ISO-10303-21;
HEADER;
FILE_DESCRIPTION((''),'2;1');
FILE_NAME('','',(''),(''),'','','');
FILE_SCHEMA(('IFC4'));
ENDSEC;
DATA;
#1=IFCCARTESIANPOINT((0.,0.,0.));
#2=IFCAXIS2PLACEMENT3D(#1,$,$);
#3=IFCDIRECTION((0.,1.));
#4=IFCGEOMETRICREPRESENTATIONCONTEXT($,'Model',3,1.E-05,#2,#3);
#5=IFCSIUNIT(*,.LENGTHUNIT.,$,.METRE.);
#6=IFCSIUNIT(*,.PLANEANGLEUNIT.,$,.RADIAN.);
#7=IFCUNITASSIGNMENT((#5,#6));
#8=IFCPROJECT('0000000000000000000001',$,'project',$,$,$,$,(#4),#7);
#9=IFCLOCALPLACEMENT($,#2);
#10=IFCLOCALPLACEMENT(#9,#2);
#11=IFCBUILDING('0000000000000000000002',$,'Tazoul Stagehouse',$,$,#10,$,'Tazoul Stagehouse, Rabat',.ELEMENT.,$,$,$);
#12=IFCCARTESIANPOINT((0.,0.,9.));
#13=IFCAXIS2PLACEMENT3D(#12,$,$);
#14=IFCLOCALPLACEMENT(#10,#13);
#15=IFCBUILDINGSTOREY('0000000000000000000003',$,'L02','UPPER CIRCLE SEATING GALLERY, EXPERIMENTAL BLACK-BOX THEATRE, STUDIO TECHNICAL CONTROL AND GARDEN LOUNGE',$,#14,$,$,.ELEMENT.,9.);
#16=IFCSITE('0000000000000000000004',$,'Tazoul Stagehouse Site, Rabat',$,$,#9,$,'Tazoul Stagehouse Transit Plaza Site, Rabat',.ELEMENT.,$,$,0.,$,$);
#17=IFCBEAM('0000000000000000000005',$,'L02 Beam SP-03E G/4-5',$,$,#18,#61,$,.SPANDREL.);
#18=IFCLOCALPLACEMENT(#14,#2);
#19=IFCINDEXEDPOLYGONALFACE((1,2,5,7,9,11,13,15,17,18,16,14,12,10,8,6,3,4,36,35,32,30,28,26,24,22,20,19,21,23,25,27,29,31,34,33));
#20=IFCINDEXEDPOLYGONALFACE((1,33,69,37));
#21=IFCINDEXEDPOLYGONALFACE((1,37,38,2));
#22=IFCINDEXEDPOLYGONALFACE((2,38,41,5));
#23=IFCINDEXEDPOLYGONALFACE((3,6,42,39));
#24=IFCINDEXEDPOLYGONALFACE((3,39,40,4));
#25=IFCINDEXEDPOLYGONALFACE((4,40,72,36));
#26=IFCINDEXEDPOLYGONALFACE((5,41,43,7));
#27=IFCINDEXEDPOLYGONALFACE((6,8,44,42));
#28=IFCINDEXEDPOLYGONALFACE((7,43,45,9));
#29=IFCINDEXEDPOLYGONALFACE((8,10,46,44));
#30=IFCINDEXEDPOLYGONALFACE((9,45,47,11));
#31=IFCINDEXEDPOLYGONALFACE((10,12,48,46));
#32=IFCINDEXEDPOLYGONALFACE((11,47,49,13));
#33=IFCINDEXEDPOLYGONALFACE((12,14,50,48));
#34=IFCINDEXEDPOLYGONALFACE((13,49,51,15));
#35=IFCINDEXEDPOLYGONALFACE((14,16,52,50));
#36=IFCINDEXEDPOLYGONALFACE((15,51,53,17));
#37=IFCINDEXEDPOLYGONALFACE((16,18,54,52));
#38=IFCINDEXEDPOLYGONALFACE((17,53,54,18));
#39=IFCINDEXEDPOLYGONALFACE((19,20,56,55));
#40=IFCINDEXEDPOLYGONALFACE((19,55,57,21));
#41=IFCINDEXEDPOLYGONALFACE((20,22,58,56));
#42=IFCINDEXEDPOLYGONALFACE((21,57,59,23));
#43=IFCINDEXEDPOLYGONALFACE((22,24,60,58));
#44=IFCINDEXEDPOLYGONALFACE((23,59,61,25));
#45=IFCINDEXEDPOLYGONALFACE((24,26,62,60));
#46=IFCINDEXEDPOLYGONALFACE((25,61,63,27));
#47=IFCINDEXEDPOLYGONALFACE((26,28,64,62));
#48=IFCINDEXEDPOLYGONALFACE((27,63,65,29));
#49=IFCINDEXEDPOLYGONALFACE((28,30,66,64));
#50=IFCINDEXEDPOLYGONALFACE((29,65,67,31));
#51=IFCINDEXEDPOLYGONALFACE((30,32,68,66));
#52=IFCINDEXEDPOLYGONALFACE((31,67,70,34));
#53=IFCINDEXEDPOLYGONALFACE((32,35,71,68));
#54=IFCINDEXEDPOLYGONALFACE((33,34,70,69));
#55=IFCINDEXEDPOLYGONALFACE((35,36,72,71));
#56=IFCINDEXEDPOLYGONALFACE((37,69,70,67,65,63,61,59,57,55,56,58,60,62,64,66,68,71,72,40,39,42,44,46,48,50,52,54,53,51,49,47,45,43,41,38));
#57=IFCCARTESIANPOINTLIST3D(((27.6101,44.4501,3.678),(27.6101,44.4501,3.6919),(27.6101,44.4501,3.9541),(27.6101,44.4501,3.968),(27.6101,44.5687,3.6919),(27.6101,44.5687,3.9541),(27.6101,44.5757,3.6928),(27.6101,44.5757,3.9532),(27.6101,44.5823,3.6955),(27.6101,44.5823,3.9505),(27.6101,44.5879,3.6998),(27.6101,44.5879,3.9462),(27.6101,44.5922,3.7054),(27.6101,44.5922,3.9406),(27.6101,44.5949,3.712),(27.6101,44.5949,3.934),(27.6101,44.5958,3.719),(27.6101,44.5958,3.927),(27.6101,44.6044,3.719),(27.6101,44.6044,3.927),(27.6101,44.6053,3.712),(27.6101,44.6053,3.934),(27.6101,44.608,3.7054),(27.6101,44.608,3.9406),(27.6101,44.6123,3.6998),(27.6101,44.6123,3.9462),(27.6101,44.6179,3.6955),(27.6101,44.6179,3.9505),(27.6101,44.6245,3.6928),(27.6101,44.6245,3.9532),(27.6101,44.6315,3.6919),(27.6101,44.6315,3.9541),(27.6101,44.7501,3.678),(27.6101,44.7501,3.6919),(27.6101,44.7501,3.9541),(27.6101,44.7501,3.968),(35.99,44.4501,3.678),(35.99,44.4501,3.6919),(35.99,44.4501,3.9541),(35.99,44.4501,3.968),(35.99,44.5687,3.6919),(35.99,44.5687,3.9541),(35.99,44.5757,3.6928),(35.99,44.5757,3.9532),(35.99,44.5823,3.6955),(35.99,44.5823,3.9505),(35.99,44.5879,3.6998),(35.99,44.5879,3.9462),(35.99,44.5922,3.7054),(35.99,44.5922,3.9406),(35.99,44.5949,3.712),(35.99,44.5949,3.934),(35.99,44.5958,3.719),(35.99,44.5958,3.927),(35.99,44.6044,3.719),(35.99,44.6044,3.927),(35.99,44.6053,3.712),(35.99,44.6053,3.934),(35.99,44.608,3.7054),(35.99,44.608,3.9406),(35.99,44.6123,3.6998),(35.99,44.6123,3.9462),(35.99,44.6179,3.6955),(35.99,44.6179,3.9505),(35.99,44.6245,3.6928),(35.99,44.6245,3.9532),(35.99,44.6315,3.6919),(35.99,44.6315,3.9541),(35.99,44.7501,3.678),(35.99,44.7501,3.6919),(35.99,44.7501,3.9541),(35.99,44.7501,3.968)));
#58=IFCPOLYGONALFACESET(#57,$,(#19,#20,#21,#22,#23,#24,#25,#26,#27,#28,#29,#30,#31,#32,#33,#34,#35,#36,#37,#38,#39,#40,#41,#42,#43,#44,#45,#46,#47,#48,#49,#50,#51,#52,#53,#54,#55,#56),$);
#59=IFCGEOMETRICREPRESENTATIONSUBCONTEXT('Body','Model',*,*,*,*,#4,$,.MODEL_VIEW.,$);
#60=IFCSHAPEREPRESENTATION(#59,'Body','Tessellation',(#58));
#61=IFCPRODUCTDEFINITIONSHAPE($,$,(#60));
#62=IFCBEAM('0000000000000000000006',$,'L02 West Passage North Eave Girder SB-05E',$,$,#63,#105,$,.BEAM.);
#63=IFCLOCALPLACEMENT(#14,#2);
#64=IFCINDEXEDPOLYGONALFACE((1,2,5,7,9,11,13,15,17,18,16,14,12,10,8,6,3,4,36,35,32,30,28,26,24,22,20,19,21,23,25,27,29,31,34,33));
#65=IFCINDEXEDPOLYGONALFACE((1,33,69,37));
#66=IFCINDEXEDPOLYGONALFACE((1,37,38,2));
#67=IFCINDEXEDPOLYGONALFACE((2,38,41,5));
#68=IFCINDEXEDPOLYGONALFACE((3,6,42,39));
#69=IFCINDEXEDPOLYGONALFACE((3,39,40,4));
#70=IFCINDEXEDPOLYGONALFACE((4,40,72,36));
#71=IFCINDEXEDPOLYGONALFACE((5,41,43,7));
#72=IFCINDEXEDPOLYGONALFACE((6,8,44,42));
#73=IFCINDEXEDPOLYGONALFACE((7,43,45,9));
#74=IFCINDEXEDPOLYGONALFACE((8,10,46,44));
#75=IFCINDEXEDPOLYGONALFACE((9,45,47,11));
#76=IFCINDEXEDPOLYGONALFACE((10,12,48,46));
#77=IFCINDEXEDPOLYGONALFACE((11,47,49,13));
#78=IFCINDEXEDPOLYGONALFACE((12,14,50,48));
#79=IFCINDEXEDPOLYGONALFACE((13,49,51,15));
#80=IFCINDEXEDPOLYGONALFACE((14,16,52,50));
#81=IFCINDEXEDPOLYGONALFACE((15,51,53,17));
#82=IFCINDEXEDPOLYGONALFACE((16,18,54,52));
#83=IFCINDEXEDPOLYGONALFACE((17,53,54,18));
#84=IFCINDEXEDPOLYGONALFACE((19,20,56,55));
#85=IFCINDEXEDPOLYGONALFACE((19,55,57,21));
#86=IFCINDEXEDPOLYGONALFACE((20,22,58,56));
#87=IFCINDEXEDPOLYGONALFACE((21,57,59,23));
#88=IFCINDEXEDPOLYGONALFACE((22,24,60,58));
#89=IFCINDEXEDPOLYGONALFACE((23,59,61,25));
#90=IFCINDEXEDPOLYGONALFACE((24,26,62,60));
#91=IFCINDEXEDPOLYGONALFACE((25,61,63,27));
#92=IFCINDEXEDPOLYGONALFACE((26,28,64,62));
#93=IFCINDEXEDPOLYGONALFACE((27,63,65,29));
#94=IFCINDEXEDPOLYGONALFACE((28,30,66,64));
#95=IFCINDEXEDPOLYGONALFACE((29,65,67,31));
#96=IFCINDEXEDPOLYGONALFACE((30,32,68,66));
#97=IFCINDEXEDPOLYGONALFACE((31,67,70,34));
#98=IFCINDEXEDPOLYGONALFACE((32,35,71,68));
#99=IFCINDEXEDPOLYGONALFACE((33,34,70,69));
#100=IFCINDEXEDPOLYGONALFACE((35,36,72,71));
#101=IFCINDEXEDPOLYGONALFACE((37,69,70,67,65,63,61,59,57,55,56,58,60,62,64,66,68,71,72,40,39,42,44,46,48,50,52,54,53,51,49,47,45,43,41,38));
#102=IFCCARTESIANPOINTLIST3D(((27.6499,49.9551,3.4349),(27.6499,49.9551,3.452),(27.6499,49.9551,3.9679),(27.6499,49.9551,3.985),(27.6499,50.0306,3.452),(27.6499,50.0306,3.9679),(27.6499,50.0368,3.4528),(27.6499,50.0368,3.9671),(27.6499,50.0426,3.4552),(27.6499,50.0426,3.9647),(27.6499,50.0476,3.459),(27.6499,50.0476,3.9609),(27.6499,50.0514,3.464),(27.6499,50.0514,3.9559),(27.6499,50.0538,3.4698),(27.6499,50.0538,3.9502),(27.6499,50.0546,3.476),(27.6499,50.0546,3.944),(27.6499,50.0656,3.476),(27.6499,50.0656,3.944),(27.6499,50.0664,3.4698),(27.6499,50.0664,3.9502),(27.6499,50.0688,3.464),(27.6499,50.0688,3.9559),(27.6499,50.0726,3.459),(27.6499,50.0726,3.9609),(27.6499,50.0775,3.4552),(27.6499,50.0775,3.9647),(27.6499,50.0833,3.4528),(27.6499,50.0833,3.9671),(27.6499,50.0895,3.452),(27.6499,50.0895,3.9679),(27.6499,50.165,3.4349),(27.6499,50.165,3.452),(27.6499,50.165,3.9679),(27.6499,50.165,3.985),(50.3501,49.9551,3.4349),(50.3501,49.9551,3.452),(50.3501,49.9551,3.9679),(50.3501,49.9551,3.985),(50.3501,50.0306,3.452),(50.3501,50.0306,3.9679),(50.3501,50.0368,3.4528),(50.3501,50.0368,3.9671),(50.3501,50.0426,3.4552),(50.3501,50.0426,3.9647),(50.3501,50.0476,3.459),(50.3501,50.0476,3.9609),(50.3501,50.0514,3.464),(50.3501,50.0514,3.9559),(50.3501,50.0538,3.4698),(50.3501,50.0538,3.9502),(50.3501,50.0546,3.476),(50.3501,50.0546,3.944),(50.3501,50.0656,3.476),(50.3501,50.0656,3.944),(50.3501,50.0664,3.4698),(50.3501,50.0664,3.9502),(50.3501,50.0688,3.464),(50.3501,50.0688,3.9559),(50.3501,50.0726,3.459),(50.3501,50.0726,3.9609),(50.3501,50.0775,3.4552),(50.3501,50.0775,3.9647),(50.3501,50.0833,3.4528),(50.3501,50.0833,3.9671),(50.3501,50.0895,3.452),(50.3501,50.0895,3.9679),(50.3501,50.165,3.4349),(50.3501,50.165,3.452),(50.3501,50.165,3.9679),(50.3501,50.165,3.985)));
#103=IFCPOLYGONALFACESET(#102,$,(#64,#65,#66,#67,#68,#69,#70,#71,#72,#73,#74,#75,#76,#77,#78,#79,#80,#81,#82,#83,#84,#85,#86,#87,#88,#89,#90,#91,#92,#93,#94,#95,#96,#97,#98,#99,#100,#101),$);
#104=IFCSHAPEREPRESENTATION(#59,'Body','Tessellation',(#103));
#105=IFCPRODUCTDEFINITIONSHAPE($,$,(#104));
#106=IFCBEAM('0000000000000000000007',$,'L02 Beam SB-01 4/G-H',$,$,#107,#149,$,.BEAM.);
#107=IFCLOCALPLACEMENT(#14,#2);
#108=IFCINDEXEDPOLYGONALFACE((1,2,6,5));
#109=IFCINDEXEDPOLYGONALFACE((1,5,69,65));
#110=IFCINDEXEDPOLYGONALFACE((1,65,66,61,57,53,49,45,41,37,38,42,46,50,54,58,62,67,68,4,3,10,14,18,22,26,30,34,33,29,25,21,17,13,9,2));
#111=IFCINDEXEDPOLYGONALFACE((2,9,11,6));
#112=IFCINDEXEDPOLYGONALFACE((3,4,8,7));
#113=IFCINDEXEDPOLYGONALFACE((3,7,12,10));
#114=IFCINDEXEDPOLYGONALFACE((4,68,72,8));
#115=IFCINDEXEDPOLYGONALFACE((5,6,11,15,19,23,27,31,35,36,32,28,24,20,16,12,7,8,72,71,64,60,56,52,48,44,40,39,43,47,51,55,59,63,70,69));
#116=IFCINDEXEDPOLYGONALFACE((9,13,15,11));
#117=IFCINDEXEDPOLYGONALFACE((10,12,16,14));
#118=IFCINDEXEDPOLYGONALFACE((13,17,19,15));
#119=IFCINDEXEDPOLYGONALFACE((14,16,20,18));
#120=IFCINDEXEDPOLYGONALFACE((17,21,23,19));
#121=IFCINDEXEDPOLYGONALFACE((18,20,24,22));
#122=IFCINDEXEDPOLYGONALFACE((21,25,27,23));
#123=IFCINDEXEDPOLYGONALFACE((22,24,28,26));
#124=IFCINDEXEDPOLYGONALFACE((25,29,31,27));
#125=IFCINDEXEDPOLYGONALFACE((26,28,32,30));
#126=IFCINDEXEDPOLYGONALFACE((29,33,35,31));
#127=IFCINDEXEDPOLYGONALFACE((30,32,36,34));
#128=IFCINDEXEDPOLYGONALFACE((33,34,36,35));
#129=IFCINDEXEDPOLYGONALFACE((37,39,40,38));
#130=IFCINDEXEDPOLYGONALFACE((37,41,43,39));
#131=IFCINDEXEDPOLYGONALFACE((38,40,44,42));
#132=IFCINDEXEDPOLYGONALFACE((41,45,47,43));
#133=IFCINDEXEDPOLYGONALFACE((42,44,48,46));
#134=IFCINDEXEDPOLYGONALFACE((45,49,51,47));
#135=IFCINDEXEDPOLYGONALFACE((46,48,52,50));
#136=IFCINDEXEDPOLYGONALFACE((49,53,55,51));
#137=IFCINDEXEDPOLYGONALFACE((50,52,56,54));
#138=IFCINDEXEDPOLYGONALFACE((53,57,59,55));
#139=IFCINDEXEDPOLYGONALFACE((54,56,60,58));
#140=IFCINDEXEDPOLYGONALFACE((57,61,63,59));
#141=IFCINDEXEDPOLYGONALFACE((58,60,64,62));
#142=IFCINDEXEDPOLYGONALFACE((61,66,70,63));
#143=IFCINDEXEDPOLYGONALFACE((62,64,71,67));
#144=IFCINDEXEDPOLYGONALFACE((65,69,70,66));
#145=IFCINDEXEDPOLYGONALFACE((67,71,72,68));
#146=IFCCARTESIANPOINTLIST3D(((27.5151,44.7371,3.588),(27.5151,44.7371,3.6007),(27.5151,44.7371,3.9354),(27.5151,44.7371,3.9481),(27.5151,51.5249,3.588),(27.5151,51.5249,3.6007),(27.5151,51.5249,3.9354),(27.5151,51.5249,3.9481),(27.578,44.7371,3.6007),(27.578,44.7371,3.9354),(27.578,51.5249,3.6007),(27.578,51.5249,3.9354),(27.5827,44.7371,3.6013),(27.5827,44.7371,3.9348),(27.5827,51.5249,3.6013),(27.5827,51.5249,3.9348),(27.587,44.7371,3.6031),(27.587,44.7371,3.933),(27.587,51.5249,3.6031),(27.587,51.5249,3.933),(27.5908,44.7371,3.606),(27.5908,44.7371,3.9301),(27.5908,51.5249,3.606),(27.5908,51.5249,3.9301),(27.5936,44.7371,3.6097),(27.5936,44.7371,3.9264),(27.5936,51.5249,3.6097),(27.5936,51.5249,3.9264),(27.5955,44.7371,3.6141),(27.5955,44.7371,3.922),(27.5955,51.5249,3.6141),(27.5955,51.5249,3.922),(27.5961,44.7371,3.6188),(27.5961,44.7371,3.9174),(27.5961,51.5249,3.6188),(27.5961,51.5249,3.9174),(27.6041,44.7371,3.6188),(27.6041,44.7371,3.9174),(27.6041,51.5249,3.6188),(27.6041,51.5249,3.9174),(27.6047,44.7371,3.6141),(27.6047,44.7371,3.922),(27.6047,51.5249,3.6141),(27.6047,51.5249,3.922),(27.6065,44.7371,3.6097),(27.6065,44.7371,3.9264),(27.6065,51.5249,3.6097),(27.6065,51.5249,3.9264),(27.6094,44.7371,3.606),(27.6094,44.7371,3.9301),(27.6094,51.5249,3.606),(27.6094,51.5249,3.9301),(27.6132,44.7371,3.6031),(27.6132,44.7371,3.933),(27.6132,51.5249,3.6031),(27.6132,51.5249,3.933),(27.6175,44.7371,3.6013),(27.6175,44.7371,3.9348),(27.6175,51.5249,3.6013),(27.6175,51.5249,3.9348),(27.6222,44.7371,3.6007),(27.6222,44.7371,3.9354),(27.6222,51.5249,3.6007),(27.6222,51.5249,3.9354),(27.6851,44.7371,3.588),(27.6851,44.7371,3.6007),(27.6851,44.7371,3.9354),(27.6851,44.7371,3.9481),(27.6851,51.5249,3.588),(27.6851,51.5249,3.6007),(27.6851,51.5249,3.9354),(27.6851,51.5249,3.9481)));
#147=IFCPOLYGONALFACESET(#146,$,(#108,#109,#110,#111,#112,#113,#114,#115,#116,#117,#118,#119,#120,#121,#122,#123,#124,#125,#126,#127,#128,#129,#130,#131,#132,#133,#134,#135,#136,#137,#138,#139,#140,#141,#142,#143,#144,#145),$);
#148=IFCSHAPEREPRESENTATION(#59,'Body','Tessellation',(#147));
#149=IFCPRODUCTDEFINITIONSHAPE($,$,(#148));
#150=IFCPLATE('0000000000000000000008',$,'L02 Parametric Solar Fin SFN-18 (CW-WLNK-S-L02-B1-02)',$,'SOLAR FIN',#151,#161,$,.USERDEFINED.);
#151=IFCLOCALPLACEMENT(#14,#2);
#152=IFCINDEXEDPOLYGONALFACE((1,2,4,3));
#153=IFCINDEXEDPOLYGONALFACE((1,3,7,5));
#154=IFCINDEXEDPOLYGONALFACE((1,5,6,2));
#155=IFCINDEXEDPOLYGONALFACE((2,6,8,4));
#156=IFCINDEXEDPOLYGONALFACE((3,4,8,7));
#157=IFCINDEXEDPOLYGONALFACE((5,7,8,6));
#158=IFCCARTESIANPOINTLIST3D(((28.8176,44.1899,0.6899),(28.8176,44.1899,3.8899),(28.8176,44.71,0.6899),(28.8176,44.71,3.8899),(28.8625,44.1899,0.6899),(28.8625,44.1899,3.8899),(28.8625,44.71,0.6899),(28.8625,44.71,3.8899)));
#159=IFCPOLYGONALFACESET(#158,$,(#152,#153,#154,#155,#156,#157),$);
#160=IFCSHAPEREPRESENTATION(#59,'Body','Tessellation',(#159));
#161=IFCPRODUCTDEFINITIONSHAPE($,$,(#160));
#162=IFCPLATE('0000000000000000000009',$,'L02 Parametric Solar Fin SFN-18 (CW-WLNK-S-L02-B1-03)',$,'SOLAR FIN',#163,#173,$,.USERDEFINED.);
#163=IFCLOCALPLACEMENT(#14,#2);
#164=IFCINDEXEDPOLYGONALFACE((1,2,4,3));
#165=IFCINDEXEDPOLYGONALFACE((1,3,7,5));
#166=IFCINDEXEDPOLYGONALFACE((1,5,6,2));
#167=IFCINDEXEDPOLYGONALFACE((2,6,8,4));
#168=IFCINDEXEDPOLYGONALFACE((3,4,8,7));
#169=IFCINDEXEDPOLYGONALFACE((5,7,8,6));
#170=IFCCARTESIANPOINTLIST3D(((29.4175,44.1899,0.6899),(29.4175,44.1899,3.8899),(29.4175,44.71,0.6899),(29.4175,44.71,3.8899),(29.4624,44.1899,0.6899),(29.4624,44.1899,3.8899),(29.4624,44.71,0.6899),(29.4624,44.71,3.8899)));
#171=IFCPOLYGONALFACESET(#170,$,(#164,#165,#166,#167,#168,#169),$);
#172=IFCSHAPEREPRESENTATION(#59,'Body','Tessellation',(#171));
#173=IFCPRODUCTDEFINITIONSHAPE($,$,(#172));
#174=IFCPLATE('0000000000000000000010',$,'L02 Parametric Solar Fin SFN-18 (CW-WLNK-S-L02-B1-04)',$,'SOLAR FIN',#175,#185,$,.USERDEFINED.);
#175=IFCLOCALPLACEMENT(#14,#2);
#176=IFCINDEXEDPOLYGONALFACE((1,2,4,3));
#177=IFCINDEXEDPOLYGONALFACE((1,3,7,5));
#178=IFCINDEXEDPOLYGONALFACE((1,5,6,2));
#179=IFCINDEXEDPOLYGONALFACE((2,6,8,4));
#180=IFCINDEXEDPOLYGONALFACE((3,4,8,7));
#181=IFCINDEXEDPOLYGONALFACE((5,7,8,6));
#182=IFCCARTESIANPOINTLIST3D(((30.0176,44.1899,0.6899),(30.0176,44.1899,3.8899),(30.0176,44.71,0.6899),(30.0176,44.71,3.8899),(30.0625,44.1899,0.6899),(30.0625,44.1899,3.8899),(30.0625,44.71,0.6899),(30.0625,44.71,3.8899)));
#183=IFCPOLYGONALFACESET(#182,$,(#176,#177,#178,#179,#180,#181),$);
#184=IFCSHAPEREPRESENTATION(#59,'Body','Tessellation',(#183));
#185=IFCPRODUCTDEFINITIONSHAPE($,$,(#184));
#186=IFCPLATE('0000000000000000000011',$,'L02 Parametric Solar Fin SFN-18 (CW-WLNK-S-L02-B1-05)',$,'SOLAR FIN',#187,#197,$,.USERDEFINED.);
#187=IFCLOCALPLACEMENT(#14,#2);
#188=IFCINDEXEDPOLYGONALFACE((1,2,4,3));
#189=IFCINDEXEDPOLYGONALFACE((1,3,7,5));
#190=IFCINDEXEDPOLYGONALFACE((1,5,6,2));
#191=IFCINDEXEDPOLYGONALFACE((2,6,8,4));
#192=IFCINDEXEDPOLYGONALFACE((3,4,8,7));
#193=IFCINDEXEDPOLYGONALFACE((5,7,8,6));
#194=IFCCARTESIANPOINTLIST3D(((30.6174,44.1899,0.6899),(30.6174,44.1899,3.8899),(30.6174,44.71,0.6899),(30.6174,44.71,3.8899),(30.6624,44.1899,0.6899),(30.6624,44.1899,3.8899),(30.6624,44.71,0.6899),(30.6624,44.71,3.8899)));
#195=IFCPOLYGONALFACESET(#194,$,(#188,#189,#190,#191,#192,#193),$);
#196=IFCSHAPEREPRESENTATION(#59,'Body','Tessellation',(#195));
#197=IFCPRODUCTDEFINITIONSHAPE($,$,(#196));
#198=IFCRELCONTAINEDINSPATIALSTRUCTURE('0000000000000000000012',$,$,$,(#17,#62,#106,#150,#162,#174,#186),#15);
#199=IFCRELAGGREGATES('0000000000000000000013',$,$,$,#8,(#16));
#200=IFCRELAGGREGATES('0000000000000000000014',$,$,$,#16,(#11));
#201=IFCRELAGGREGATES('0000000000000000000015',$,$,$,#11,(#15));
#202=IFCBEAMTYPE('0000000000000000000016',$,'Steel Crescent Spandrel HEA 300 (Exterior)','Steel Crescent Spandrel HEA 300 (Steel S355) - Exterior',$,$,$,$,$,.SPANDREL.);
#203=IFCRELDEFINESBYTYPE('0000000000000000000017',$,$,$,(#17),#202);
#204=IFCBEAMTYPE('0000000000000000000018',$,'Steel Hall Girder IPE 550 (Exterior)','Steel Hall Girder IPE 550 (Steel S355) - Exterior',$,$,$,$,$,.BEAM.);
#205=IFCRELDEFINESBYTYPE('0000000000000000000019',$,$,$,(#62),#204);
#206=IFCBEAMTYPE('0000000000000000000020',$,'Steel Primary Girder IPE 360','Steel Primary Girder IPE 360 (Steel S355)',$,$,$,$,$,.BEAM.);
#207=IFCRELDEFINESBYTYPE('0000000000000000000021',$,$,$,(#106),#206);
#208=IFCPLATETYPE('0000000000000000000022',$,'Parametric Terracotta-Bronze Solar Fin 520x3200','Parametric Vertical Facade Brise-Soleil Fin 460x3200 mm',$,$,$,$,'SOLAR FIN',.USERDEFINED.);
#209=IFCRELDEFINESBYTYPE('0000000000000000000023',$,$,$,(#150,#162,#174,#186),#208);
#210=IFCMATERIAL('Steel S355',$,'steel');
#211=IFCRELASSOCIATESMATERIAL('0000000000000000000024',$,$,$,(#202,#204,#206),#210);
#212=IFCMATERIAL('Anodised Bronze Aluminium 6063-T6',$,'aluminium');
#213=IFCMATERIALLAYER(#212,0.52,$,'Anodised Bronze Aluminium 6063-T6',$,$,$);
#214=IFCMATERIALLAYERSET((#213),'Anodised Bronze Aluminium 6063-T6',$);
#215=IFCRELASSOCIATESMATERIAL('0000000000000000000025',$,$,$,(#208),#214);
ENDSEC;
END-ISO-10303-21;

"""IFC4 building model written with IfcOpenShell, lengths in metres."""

from ifc_helpers import new_model, si_unit, direction, frame, origin, origin_2d, place, context, subcontext, project, spatial, rectangle, i_section, extrude, material, layer, layer_set, material_profile, profile_set, type_object, element, save


model = new_model("IFC4")

# Units and contexts
model_context = context("Model", 3, precision=1e-05, world=origin(), true_north=direction((0.0, 1.0)))
body_context = subcontext(model_context, "Body", "Model", "MODEL_VIEW")
ifc_project = project(units=[si_unit("LENGTHUNIT", "METRE"), si_unit("PLANEANGLEUNIT", "RADIAN")], contexts=[model_context])

# Site, building, storey
site_placement = place(None, origin())
site = spatial("IfcSite", under=ifc_project, at=site_placement, Name="Tazoul Stagehouse Site, Rabat", LongName="Tazoul Stagehouse Transit Plaza Site, Rabat", CompositionType="ELEMENT", RefElevation=0.0)
building_placement = place(site_placement, origin())
building = spatial("IfcBuilding", under=site, at=building_placement, Name="Tazoul Stagehouse", LongName="Tazoul Stagehouse, Rabat", CompositionType="ELEMENT")
storey_placement = place(building_placement, frame((0.0, 0.0, 9.0)))
storey = spatial("IfcBuildingStorey", under=building, at=storey_placement, Name="L02", Description="UPPER CIRCLE SEATING GALLERY, EXPERIMENTAL BLACK-BOX THEATRE, STUDIO TECHNICAL CONTROL AND GARDEN LOUNGE", CompositionType="ELEMENT", Elevation=9.0)

# Shared definitions
ifc_material_1 = material(Name="Steel S355", Category="steel")

# Shared definitions
ifc_material_2 = material(Name="Anodised Bronze Aluminium 6063-T6", Category="aluminium")

# Beams
ifc_material_profile_1 = material_profile(ifc_material_1, i_section(OverallWidth=0.3, OverallDepth=0.29, WebThickness=0.0085, FlangeThickness=0.0139, FilletRadius=0.0271, at=origin_2d()), Name="HEA 300")
ifc_profile_set_1 = profile_set([ifc_material_profile_1], Name="Steel S355")
beam_type_1 = type_object("IfcBeamType", Name="Steel Crescent Spandrel HEA 300 (Exterior)", Description="Steel Crescent Spandrel HEA 300 (Steel S355) - Exterior", PredefinedType="SPANDREL", material=ifc_profile_set_1)
beam_1_placement = place(storey_placement, frame((27.6101, 44.6001, 3.823), z_axis=(1.0, 0.0, 0.0), x_axis=(0.0, 1.0, 0.0)))
element("IfcBeam", 1, at=beam_1_placement, inside=storey, type_object=beam_type_1, Name="L02 Beam SP-03E G/4-5", PredefinedType="SPANDREL", context=body_context, shape_type="SweptSolid", body=[
    extrude(i_section(OverallWidth=0.3, OverallDepth=0.29, WebThickness=0.0085, FlangeThickness=0.0139, FilletRadius=0.0271, at=origin_2d()), origin(), (0.0, 0.0, 1.0), 8.3799),
])
ifc_material_profile_2 = material_profile(ifc_material_1, i_section(OverallWidth=0.21, OverallDepth=0.55, WebThickness=0.011, FlangeThickness=0.0171, FilletRadius=0.0239, at=origin_2d()), Name="IPE 550")
ifc_profile_set_2 = profile_set([ifc_material_profile_2], Name="Steel S355")
beam_type_2 = type_object("IfcBeamType", Name="Steel Hall Girder IPE 550 (Exterior)", Description="Steel Hall Girder IPE 550 (Steel S355) - Exterior", PredefinedType="BEAM", material=ifc_profile_set_2)
beam_2_placement = place(storey_placement, frame((27.6499, 50.0601, 3.71), z_axis=(1.0, 0.0, 0.0), x_axis=(0.0, 1.0, 0.0)))
element("IfcBeam", 2, at=beam_2_placement, inside=storey, type_object=beam_type_2, Name="L02 West Passage North Eave Girder SB-05E", PredefinedType="BEAM", context=body_context, shape_type="SweptSolid", body=[
    extrude(i_section(OverallWidth=0.21, OverallDepth=0.55, WebThickness=0.011, FlangeThickness=0.0171, FilletRadius=0.0239, at=origin_2d()), origin(), (0.0, 0.0, 1.0), 22.7002),
])
ifc_material_profile_3 = material_profile(ifc_material_1, i_section(OverallWidth=0.1699, OverallDepth=0.3601, WebThickness=0.0081, FlangeThickness=0.0127, FilletRadius=0.0181, at=origin_2d()), Name="IPE 360")
ifc_profile_set_3 = profile_set([ifc_material_profile_3], Name="Steel S355")
beam_type_3 = type_object("IfcBeamType", Name="Steel Primary Girder IPE 360", Description="Steel Primary Girder IPE 360 (Steel S355)", PredefinedType="BEAM", material=ifc_profile_set_3)
beam_3_placement = place(storey_placement, frame((27.6001, 44.7371, 3.7681), z_axis=(0.0, 1.0, 0.0), x_axis=(-1.0, 0.0, 0.0)))
element("IfcBeam", 3, at=beam_3_placement, inside=storey, type_object=beam_type_3, Name="L02 Beam SB-01 4/G-H", PredefinedType="BEAM", context=body_context, shape_type="SweptSolid", body=[
    extrude(i_section(OverallWidth=0.1699, OverallDepth=0.3601, WebThickness=0.0081, FlangeThickness=0.0127, FilletRadius=0.0181, at=origin_2d()), origin(), (0.0, 0.0, 1.0), 6.7878),
])

# Plates
ifc_layer_1 = layer(ifc_material_2, 0.52, Name="Anodised Bronze Aluminium 6063-T6")
ifc_layer_set_1 = layer_set([ifc_layer_1], Name="Anodised Bronze Aluminium 6063-T6")
plate_type_1 = type_object("IfcPlateType", Name="Parametric Terracotta-Bronze Solar Fin 520x3200", Description="Parametric Vertical Facade Brise-Soleil Fin 460x3200 mm", ElementType="SOLAR FIN", PredefinedType="USERDEFINED", material=ifc_layer_set_1)
for number, where, z_axis, x_axis, name in (
    (4, (28.8401, 44.45, 0.6899), (0.0, 0.0, 1.0), (1.0, 0.0, 0.0), "L02 Parametric Solar Fin SFN-18 (CW-WLNK-S-L02-B1-02)"),
    (5, (29.4399, 44.45, 0.6899), (0.0, 0.0, 1.0), (1.0, 0.0, 0.0), "L02 Parametric Solar Fin SFN-18 (CW-WLNK-S-L02-B1-03)"),
    (6, (30.04, 44.45, 0.6899), (0.0, 0.0, 1.0), (1.0, 0.0, 0.0), "L02 Parametric Solar Fin SFN-18 (CW-WLNK-S-L02-B1-04)"),
    (7, (30.6399, 44.45, 0.6899), (0.0, 0.0, 1.0), (1.0, 0.0, 0.0), "L02 Parametric Solar Fin SFN-18 (CW-WLNK-S-L02-B1-05)"),
):
    element("IfcPlate", number, at=place(storey_placement, frame(where, z_axis=z_axis, x_axis=x_axis)), inside=storey, type_object=plate_type_1, Name=name, ObjectType="SOLAR FIN", PredefinedType="USERDEFINED", context=body_context, shape_type="SweptSolid", body=[
        extrude(rectangle(XDim=0.0449, YDim=0.52, at=origin_2d()), origin(), (0.0, 0.0, 1.0), 3.2),
    ])

save(model, "model.ifc")
